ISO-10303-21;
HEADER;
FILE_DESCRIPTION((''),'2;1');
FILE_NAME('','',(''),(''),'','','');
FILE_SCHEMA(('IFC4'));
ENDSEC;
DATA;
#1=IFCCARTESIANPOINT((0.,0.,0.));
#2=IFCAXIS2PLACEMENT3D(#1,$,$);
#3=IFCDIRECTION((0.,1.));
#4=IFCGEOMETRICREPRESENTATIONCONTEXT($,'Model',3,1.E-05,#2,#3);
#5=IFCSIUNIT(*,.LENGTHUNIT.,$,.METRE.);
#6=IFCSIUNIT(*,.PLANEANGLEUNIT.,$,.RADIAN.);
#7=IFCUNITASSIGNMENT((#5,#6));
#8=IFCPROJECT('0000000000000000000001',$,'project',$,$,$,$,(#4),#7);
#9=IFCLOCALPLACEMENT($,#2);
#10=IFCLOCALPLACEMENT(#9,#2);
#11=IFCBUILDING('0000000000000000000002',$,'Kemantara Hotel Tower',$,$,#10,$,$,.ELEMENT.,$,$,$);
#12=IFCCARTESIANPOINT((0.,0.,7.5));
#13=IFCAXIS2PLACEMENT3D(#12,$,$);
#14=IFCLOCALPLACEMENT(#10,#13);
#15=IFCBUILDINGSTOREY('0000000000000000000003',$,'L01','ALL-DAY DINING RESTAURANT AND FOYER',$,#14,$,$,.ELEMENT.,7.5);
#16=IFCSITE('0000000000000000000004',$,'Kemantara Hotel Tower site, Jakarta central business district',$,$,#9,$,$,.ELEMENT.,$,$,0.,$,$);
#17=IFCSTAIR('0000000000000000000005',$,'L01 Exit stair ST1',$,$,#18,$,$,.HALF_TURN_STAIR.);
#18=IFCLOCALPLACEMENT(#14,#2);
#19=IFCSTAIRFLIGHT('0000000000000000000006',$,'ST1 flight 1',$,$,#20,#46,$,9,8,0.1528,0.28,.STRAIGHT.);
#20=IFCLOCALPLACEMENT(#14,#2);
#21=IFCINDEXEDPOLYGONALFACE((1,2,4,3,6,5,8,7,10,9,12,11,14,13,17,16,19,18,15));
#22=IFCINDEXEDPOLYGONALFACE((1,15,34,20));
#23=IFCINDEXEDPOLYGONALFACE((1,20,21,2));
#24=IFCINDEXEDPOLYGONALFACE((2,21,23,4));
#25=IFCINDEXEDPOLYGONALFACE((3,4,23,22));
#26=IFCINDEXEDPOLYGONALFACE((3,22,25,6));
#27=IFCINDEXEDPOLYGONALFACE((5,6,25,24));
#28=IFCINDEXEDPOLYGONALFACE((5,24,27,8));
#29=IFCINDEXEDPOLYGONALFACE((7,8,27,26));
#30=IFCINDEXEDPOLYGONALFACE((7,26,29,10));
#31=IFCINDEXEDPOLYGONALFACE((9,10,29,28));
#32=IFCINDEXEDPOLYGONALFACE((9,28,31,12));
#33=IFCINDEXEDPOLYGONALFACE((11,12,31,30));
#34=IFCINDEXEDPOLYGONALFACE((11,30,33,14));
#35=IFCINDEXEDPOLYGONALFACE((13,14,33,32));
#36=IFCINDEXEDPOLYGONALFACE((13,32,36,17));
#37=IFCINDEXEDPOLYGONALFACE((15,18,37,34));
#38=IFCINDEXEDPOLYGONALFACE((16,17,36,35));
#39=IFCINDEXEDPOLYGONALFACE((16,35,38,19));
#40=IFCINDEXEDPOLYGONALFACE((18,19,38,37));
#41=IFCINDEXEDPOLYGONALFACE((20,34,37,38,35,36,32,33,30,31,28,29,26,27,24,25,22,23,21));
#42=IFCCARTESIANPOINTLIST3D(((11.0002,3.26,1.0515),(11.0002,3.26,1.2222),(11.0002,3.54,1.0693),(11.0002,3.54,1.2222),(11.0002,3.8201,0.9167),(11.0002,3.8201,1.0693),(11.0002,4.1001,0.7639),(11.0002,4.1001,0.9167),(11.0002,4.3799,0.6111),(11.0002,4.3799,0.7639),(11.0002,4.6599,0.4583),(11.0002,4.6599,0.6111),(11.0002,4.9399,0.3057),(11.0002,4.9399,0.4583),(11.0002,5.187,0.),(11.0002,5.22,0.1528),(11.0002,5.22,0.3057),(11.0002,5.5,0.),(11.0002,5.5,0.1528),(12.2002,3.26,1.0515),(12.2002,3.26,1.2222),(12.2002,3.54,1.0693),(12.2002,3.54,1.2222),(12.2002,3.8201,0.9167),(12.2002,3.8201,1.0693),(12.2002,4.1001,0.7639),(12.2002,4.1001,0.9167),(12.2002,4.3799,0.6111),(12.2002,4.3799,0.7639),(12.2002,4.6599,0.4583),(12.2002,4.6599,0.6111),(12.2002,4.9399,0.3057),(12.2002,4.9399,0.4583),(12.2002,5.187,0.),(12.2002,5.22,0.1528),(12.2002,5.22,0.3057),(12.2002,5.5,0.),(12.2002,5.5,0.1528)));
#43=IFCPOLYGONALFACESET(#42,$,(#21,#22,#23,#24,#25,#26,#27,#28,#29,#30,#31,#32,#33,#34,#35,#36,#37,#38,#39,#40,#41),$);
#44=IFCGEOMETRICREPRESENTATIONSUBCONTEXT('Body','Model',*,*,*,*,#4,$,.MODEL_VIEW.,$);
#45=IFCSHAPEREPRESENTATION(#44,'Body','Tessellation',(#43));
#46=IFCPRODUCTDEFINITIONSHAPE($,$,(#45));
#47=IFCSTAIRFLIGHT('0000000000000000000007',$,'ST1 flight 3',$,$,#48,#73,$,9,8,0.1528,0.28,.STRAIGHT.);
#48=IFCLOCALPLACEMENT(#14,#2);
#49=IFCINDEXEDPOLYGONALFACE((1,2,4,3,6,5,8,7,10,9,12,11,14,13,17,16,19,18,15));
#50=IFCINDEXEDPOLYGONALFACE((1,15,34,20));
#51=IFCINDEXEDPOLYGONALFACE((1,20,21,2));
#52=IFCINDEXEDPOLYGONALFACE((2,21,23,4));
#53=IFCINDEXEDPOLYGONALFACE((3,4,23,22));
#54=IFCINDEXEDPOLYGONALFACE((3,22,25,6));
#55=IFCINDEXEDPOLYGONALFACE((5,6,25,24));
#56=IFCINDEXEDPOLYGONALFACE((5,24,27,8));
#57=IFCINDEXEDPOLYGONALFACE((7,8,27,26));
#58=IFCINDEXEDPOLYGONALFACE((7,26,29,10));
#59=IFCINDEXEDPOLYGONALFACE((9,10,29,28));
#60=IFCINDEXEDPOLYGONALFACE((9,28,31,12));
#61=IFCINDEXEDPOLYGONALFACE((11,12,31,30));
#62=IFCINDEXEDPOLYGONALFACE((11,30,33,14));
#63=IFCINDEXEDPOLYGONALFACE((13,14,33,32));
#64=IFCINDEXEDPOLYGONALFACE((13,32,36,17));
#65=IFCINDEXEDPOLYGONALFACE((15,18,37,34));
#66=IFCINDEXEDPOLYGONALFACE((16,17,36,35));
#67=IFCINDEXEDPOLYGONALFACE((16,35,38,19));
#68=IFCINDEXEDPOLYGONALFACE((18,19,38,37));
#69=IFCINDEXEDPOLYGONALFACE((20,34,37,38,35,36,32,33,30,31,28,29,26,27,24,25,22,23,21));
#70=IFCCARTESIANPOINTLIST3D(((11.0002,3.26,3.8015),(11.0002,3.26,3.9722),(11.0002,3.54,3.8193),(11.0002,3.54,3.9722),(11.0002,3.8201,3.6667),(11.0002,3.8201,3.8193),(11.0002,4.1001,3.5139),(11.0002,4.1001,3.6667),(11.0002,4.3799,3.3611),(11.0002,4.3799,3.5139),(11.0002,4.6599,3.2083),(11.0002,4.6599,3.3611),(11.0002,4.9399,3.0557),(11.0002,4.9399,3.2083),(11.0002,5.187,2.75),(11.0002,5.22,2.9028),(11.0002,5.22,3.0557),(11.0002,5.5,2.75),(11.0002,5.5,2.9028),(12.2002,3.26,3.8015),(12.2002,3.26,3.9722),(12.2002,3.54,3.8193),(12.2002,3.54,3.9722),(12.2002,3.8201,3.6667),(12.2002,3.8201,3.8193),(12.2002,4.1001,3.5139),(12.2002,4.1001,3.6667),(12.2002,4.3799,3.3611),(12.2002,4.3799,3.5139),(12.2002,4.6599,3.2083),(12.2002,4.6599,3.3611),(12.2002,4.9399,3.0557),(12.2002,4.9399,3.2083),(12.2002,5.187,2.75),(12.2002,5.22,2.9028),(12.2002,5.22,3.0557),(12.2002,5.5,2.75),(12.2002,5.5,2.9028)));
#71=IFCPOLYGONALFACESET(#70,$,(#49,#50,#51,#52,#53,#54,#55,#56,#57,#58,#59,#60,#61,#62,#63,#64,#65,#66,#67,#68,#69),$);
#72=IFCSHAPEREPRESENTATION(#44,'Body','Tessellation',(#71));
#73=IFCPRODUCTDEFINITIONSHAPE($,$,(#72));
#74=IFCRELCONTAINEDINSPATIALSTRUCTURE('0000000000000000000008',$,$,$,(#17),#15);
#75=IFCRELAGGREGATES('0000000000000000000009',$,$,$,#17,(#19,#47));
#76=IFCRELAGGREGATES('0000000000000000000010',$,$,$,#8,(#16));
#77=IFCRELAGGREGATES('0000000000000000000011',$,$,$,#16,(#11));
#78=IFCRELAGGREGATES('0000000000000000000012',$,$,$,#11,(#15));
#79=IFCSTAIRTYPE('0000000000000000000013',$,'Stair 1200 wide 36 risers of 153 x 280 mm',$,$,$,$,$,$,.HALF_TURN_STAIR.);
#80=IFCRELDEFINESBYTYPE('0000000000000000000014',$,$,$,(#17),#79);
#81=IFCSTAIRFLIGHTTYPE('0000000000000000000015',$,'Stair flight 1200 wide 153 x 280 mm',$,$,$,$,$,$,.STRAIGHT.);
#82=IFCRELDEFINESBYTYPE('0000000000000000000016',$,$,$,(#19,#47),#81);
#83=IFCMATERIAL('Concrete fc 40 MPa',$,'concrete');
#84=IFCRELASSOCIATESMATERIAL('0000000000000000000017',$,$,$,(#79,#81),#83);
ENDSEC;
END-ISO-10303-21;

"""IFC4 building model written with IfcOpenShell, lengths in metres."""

from ifc_helpers import new_model, si_unit, direction, frame, origin, place, context, subcontext, project, spatial, polyline, outline, extrude, material, type_object, element, aggregate, save


model = new_model("IFC4")

# Units and contexts
model_context = context("Model", 3, precision=1e-05, world=origin(), true_north=direction((0.0, 1.0)))
body_context = subcontext(model_context, "Body", "Model", "MODEL_VIEW")
ifc_project = project(units=[si_unit("LENGTHUNIT", "METRE"), si_unit("PLANEANGLEUNIT", "RADIAN")], contexts=[model_context])

# Site, building, storey
site_placement = place(None, origin())
site = spatial("IfcSite", under=ifc_project, at=site_placement, Name="Kemantara Hotel Tower site, Jakarta central business district", CompositionType="ELEMENT", RefElevation=0.0)
building_placement = place(site_placement, origin())
building = spatial("IfcBuilding", under=site, at=building_placement, Name="Kemantara Hotel Tower", CompositionType="ELEMENT")
storey_placement = place(building_placement, frame((0.0, 0.0, 7.5)))
storey = spatial("IfcBuildingStorey", under=building, at=storey_placement, Name="L01", Description="ALL-DAY DINING RESTAURANT AND FOYER", CompositionType="ELEMENT", Elevation=7.5)

# Stair, stair flights
ifc_material_1 = material(Name="Concrete fc 40 MPa", Category="concrete")
stair_type = type_object("IfcStairType", Name="Stair 1200 wide 36 risers of 153 x 280 mm", PredefinedType="HALF_TURN_STAIR", material=ifc_material_1)
stair_placement = place(storey_placement, origin())
stair = element("IfcStair", 1, at=stair_placement, inside=storey, type_object=stair_type, Name="L01 Exit stair ST1", PredefinedType="HALF_TURN_STAIR")
stair_flight_type = type_object("IfcStairFlightType", Name="Stair flight 1200 wide 153 x 280 mm", PredefinedType="STRAIGHT", material=ifc_material_1)
stair_flight_1_placement = place(storey_placement, frame((11.6001, 5.5, 0.0), z_axis=(0.0, 0.0, 1.0), x_axis=(0.0, -1.0, 0.0)))
stair_flight_1 = element("IfcStairFlight", 2, at=stair_flight_1_placement, type_object=stair_flight_type, Name="ST1 flight 1", NumberOfRisers=9, NumberOfTreads=8, PredefinedType="STRAIGHT", RiserHeight=0.1528, TreadLength=0.28, context=body_context, shape_type="SweptSolid", body=[
    extrude(outline(polyline([(0.0, 0.0), (0.0, 0.1528), (0.28, 0.1528), (0.28, 0.3057), (0.5601, 0.3057), (0.5601, 0.4583), (0.8401, 0.4583), (0.8401, 0.6111), (1.1201, 0.6111), (1.1201, 0.7639), (1.3999, 0.7639), (1.3999, 0.9167), (1.6799, 0.9167), (1.6799, 1.0693), (1.96, 1.0693), (1.96, 1.2222), (2.24, 1.2222), (2.24, 1.375), (2.24, 1.0515), (0.313, 0.0), (0.0, 0.0)])), frame((0.0, 0.6001, 0.0), z_axis=(0.0, -1.0, 0.0), x_axis=(1.0, 0.0, 0.0)), (0.0, 0.0, 1.0), 1.2),
])
stair_flight_2_placement = place(storey_placement, frame((11.6001, 5.5, 2.75), z_axis=(0.0, 0.0, 1.0), x_axis=(0.0, -1.0, 0.0)))
stair_flight_2 = element("IfcStairFlight", 3, at=stair_flight_2_placement, type_object=stair_flight_type, Name="ST1 flight 3", NumberOfRisers=9, NumberOfTreads=8, PredefinedType="STRAIGHT", RiserHeight=0.1528, TreadLength=0.28, context=body_context, shape_type="SweptSolid", body=[
    extrude(outline(polyline([(0.0, 0.0), (0.0, 0.1528), (0.28, 0.1528), (0.28, 0.3057), (0.5601, 0.3057), (0.5601, 0.4583), (0.8401, 0.4583), (0.8401, 0.6111), (1.1201, 0.6111), (1.1201, 0.7639), (1.3999, 0.7639), (1.3999, 0.9167), (1.6799, 0.9167), (1.6799, 1.0693), (1.96, 1.0693), (1.96, 1.2222), (2.24, 1.2222), (2.24, 1.375), (2.24, 1.0515), (0.313, 0.0), (0.0, 0.0)])), frame((0.0, 0.6001, 0.0), z_axis=(0.0, -1.0, 0.0), x_axis=(1.0, 0.0, 0.0)), (0.0, 0.0, 1.0), 1.2),
])
aggregate(stair, [stair_flight_1, stair_flight_2])

save(model, "model.ifc")
